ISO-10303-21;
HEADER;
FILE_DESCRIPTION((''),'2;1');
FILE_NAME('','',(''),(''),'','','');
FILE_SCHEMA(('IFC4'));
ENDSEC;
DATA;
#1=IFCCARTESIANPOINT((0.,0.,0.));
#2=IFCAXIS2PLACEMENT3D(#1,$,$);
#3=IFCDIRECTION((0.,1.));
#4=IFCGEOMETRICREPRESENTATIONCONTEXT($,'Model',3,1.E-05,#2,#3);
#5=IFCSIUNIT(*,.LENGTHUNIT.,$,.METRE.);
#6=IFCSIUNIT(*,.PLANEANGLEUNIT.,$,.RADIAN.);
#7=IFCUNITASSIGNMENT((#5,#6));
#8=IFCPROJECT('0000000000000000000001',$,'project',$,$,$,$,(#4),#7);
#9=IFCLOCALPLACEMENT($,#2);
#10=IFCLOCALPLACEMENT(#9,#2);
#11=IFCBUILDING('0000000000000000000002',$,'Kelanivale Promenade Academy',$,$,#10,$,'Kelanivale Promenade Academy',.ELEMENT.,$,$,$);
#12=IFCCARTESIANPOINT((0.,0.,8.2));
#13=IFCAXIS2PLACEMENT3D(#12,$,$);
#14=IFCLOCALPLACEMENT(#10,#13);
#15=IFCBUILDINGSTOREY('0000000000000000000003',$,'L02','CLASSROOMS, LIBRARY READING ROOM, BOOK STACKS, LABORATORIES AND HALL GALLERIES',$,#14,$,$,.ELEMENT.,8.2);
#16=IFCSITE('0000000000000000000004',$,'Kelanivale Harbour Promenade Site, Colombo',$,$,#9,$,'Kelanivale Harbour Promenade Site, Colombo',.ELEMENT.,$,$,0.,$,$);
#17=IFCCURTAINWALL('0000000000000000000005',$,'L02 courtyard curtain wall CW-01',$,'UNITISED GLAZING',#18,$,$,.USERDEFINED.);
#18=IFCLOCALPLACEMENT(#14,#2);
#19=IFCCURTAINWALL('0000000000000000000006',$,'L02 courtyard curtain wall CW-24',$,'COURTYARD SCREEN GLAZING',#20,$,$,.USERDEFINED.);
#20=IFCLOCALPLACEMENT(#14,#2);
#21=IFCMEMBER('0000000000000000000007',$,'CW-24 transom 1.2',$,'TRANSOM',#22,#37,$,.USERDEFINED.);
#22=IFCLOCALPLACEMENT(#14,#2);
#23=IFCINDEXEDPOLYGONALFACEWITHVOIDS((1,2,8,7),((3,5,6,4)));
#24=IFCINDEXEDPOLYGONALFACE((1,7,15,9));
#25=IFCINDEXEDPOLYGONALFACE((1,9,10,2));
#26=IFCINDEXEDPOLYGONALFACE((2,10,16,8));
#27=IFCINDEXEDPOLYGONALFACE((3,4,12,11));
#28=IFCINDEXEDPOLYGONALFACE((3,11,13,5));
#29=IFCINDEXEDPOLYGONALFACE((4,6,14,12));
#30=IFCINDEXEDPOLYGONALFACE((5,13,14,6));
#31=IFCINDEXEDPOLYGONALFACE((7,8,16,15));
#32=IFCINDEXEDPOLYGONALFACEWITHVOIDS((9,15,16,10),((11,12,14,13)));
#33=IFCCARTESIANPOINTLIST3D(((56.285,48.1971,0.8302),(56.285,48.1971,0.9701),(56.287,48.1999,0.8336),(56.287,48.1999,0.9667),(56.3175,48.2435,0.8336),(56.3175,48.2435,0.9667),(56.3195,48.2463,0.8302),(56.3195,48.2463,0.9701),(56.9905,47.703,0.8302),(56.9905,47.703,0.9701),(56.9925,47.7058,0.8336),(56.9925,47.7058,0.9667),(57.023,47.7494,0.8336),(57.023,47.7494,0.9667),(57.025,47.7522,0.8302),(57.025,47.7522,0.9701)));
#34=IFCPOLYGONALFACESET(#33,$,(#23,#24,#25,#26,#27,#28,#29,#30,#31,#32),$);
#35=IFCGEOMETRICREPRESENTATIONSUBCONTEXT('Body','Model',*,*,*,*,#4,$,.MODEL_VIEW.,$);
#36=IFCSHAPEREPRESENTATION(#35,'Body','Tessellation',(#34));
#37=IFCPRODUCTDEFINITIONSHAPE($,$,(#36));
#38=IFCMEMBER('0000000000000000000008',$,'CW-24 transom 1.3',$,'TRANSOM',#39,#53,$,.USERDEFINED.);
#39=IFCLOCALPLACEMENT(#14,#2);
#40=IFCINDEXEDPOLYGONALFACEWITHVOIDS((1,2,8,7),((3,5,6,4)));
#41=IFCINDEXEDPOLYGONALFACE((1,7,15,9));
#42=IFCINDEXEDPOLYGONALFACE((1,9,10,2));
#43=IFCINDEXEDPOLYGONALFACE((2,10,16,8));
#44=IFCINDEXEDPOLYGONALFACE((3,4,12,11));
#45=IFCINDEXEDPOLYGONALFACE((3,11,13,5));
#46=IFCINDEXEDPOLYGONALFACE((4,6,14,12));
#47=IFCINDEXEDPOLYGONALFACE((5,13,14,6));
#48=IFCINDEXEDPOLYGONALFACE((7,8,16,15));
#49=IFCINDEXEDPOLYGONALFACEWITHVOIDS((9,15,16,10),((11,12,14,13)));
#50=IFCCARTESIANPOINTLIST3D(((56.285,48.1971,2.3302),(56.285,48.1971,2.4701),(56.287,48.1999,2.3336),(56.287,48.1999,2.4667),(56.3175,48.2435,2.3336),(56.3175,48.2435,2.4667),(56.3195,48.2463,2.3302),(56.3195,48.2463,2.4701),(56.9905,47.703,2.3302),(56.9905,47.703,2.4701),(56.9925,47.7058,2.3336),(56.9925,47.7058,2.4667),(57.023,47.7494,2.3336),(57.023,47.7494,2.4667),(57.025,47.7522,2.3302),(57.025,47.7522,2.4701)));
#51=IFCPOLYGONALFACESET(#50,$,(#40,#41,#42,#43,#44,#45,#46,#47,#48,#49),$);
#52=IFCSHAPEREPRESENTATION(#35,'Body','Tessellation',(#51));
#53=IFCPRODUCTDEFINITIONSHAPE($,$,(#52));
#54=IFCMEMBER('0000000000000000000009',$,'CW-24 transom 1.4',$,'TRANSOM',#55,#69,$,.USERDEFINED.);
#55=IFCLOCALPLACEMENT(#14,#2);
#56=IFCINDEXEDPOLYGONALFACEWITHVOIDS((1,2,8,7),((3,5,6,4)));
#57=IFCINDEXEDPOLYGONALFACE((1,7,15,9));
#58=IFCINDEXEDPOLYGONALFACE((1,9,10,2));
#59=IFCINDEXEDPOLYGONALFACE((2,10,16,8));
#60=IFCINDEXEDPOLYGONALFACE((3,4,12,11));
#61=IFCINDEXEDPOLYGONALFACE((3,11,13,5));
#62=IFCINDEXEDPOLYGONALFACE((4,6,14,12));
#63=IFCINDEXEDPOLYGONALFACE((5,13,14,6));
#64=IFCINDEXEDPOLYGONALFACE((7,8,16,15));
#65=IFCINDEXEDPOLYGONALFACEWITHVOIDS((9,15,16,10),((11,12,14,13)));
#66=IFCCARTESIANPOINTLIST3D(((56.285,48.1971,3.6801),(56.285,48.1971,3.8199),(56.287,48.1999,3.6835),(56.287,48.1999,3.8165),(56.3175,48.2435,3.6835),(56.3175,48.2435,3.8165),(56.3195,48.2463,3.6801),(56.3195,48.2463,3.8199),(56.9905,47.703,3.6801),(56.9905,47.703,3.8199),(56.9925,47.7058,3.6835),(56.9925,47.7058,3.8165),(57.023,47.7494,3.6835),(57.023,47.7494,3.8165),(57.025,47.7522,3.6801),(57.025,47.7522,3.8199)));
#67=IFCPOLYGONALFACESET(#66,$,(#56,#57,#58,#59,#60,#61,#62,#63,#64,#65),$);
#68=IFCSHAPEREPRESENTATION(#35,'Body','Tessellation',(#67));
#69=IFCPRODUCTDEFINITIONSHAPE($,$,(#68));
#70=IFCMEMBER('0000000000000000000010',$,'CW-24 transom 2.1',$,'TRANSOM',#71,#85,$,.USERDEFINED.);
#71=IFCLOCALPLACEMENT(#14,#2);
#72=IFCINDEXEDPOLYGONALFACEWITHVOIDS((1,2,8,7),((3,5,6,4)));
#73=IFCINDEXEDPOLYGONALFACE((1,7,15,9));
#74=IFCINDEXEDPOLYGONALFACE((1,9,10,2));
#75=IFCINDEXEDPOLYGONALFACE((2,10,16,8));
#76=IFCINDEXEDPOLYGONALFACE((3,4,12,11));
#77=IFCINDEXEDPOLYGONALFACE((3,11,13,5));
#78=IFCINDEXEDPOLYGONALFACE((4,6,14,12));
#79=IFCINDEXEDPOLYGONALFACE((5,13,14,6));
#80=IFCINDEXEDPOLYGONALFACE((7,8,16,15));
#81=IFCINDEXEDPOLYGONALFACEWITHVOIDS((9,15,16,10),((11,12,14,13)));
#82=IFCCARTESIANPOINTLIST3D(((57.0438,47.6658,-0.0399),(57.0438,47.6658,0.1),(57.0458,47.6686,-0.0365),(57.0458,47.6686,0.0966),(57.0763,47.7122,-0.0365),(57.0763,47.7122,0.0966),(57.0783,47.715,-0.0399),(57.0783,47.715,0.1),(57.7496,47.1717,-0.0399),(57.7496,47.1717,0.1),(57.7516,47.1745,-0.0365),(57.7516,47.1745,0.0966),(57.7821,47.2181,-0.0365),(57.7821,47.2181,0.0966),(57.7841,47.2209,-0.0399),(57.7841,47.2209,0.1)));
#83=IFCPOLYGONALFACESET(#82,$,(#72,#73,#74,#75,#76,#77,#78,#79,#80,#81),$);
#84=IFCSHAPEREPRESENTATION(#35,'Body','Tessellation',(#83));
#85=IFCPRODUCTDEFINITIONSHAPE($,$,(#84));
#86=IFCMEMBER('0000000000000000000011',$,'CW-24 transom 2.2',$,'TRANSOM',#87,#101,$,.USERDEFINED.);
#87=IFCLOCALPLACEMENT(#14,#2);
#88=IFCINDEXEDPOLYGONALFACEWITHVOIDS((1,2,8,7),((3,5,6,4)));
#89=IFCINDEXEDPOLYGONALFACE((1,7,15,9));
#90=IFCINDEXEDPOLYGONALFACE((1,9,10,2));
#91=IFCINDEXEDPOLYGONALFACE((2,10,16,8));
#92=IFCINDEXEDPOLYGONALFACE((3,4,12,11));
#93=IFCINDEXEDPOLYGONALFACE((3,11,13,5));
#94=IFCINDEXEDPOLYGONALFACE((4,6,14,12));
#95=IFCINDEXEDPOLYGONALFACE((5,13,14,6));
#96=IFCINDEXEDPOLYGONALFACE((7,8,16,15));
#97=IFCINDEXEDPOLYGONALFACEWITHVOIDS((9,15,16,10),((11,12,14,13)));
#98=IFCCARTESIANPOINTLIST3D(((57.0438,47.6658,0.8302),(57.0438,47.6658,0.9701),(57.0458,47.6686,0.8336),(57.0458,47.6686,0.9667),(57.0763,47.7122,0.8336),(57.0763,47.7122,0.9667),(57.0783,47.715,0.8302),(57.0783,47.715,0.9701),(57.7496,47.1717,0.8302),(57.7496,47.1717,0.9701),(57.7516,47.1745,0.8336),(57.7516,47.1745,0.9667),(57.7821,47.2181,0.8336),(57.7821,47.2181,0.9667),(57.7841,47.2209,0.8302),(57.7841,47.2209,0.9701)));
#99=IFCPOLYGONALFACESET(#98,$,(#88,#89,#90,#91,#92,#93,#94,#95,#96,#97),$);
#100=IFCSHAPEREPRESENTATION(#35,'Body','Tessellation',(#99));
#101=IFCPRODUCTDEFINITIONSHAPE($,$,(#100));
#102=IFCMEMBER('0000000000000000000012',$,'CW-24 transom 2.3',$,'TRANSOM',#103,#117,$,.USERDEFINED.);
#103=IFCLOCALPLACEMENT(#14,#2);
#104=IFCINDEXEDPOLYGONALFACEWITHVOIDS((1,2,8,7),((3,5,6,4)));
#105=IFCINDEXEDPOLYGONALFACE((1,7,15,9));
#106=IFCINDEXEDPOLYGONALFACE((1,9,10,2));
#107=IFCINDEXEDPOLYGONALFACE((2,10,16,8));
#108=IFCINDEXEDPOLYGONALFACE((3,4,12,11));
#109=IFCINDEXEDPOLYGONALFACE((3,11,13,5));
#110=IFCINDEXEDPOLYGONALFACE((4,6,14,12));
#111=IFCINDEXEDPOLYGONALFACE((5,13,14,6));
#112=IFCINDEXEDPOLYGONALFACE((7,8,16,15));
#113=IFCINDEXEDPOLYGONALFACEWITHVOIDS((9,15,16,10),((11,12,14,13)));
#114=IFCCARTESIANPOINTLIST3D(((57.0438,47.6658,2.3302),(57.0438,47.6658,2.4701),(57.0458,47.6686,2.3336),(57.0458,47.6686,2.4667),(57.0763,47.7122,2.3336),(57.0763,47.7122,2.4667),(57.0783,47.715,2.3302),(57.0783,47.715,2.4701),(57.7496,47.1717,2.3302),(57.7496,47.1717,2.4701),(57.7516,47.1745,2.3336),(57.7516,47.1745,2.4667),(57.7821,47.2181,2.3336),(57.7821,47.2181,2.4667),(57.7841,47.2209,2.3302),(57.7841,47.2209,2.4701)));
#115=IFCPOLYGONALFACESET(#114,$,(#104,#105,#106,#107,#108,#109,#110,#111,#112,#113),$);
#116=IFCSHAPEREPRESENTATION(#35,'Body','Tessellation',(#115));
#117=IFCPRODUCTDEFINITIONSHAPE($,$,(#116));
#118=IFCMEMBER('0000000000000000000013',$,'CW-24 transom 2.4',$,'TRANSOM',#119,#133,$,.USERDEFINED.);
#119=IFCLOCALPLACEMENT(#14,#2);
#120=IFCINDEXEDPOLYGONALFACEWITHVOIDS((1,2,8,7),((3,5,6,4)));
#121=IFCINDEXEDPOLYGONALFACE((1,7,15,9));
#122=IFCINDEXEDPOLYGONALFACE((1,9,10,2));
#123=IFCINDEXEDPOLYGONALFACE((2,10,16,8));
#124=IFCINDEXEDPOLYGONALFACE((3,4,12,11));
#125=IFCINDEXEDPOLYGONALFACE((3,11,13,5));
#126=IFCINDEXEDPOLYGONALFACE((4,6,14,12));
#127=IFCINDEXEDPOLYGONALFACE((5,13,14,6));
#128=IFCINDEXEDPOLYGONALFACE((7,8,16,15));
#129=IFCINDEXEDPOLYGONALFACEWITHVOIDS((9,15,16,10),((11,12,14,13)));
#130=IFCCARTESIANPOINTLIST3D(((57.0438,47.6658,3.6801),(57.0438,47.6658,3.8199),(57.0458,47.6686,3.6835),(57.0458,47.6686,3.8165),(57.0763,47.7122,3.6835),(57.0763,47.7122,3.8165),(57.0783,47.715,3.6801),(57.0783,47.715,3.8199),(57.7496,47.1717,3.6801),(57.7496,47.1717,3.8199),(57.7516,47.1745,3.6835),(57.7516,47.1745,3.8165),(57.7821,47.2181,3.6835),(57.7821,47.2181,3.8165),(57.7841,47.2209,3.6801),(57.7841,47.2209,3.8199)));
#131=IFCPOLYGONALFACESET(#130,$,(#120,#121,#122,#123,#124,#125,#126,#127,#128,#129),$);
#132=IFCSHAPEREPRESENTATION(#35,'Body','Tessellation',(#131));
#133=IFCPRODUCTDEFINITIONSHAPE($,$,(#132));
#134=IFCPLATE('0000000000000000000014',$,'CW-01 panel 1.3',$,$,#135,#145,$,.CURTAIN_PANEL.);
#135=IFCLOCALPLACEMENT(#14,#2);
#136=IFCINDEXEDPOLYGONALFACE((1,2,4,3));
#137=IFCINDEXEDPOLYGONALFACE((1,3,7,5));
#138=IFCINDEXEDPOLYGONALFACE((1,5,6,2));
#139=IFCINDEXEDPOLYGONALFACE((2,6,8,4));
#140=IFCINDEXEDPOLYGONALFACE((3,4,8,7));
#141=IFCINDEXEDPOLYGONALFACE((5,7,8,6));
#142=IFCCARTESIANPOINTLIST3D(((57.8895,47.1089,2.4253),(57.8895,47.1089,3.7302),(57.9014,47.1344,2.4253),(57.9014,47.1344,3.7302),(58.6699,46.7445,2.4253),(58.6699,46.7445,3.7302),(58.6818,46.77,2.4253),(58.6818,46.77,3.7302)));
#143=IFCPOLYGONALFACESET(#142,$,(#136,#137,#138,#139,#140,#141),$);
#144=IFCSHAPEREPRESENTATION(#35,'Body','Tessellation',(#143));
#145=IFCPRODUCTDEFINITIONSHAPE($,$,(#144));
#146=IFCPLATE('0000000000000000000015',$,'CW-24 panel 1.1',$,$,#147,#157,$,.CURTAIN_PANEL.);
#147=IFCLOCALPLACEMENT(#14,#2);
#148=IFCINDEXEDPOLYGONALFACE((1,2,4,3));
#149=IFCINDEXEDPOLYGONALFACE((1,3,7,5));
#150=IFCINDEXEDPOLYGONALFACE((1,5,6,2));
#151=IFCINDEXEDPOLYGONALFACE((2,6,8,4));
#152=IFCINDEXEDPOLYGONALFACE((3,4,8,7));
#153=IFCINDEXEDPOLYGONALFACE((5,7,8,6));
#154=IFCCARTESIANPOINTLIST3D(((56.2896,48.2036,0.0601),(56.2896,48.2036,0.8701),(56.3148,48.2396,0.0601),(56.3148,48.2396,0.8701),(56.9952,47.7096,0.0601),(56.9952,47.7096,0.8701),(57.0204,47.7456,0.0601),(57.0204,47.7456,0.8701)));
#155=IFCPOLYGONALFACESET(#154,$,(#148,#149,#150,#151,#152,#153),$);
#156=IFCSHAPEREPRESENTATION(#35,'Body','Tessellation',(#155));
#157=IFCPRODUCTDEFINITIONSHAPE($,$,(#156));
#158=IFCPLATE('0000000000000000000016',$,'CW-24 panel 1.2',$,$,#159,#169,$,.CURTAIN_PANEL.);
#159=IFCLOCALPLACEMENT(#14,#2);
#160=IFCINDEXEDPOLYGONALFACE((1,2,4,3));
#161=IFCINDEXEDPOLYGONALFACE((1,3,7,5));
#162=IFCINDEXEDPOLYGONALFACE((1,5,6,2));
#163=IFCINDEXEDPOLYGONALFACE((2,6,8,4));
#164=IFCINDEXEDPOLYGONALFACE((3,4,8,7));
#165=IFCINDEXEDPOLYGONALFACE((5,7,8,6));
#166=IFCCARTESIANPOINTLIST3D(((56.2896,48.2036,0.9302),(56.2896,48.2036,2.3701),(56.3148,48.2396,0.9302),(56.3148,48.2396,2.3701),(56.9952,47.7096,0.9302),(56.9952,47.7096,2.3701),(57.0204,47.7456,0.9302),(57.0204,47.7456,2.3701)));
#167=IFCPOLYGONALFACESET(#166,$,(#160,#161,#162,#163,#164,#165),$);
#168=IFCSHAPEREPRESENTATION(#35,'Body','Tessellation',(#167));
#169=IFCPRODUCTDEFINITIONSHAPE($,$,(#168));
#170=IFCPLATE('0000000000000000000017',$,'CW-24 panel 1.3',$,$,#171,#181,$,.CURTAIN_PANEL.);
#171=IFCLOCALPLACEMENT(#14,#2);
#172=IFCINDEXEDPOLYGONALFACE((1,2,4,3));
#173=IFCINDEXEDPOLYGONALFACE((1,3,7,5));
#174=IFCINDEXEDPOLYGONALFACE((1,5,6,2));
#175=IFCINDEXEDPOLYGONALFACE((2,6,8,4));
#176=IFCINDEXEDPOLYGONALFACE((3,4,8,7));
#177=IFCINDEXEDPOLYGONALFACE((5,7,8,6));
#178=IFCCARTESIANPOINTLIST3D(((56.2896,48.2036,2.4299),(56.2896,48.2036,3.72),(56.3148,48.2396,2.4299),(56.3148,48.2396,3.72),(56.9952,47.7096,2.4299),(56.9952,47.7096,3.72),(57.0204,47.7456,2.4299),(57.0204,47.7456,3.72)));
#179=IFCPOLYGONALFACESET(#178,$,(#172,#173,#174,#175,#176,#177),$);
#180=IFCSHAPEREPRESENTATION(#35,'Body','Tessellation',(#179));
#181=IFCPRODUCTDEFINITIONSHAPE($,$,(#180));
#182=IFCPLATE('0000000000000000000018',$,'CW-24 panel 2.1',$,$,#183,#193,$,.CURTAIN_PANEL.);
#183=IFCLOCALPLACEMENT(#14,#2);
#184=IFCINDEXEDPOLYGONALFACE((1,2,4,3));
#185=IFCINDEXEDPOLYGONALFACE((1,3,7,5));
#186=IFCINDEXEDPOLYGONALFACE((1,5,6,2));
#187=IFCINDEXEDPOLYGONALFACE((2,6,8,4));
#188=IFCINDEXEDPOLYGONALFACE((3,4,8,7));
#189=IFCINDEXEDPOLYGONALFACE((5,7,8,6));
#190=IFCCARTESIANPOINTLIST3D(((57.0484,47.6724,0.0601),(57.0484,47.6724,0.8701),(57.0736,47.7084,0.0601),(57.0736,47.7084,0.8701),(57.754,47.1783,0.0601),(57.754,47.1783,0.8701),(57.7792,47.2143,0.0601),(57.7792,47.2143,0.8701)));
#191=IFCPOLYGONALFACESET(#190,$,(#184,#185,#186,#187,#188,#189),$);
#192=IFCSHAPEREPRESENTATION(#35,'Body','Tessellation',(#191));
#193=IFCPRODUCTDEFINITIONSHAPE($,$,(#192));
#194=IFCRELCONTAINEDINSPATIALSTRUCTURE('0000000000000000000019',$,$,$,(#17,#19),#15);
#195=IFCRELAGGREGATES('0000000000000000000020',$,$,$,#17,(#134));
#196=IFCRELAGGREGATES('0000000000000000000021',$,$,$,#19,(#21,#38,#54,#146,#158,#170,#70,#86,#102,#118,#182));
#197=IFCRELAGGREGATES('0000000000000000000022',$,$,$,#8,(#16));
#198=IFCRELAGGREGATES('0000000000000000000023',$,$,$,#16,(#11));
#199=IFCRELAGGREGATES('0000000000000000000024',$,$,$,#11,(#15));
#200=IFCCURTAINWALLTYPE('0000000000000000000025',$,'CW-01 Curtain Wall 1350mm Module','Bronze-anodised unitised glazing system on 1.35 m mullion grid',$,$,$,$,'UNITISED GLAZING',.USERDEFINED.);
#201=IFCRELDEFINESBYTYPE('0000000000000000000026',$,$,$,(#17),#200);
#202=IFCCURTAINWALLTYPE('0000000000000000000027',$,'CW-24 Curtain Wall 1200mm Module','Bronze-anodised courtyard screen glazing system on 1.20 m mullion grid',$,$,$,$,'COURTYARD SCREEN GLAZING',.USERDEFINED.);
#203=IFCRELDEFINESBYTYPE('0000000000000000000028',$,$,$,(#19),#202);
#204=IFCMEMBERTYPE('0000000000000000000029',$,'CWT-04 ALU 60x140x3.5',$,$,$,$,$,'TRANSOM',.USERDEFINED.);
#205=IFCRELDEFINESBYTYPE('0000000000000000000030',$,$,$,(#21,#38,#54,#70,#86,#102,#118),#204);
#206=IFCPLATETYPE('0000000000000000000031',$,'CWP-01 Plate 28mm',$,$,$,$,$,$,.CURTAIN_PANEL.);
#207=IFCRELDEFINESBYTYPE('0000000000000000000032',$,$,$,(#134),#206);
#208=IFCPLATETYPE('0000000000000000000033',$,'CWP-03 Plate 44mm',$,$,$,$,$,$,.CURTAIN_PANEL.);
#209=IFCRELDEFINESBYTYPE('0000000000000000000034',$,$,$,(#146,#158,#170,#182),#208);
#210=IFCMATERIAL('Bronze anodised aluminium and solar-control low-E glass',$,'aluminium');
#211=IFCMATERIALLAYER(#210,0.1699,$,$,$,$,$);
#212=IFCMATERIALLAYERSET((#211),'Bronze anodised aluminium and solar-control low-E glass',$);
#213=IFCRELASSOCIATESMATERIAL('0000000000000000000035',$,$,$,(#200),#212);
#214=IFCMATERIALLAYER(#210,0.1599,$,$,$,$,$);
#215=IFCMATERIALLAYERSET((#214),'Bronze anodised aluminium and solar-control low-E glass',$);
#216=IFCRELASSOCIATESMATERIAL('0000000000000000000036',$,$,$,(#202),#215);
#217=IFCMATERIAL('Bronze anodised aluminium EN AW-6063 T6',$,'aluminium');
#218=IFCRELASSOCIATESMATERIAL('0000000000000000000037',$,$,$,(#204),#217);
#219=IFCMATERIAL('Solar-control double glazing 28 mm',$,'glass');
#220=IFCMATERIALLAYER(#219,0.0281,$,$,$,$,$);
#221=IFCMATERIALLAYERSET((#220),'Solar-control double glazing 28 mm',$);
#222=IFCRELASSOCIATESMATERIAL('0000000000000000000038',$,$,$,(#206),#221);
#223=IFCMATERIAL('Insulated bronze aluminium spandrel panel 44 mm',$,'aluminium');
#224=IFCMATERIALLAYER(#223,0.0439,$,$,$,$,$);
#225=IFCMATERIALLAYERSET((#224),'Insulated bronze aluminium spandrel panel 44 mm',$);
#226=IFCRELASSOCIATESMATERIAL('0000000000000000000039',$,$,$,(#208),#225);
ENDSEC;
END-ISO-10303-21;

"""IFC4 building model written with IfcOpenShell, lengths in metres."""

from ifc_helpers import new_model, si_unit, direction, frame, origin, origin_2d, place, context, subcontext, project, spatial, rectangle, hollow_rectangle, extrude, material, layer, layer_set, material_profile, profile_set, type_object, element, aggregate, save


model = new_model("IFC4")

# Units and contexts
model_context = context("Model", 3, precision=1e-05, world=origin(), true_north=direction((0.0, 1.0)))
body_context = subcontext(model_context, "Body", "Model", "MODEL_VIEW")
ifc_project = project(units=[si_unit("LENGTHUNIT", "METRE"), si_unit("PLANEANGLEUNIT", "RADIAN")], contexts=[model_context])

# Site, building, storey
site_placement = place(None, origin())
site = spatial("IfcSite", under=ifc_project, at=site_placement, Name="Kelanivale Harbour Promenade Site, Colombo", LongName="Kelanivale Harbour Promenade Site, Colombo", CompositionType="ELEMENT", RefElevation=0.0)
building_placement = place(site_placement, origin())
building = spatial("IfcBuilding", under=site, at=building_placement, Name="Kelanivale Promenade Academy", LongName="Kelanivale Promenade Academy", CompositionType="ELEMENT")
storey_placement = place(building_placement, frame((0.0, 0.0, 8.2)))
storey = spatial("IfcBuildingStorey", under=building, at=storey_placement, Name="L02", Description="CLASSROOMS, LIBRARY READING ROOM, BOOK STACKS, LABORATORIES AND HALL GALLERIES", CompositionType="ELEMENT", Elevation=8.2)

# Curtain wall
ifc_material_1 = material(Name="Bronze anodised aluminium and solar-control low-E glass", Category="aluminium")
ifc_layer_1 = layer(ifc_material_1, 0.1699)
ifc_layer_set_1 = layer_set([ifc_layer_1], Name="Bronze anodised aluminium and solar-control low-E glass")
curtain_wall_type_1 = type_object("IfcCurtainWallType", Name="CW-01 Curtain Wall 1350mm Module", Description="Bronze-anodised unitised glazing system on 1.35 m mullion grid", ElementType="UNITISED GLAZING", PredefinedType="USERDEFINED", material=ifc_layer_set_1)
curtain_wall_1_placement = place(storey_placement, origin())
curtain_wall_1 = element("IfcCurtainWall", 1, at=curtain_wall_1_placement, inside=storey, type_object=curtain_wall_type_1, Name="L02 courtyard curtain wall CW-01", ObjectType="UNITISED GLAZING", PredefinedType="USERDEFINED")
ifc_material_2 = material(Name="Bronze anodised aluminium EN AW-6063 T6", Category="aluminium")

# Curtain wall
ifc_layer_2 = layer(ifc_material_1, 0.1599)
ifc_layer_set_2 = layer_set([ifc_layer_2], Name="Bronze anodised aluminium and solar-control low-E glass")
curtain_wall_type_2 = type_object("IfcCurtainWallType", Name="CW-24 Curtain Wall 1200mm Module", Description="Bronze-anodised courtyard screen glazing system on 1.20 m mullion grid", ElementType="COURTYARD SCREEN GLAZING", PredefinedType="USERDEFINED", material=ifc_layer_set_2)
curtain_wall_2_placement = place(storey_placement, origin())
curtain_wall_2 = element("IfcCurtainWall", 2, at=curtain_wall_2_placement, inside=storey, type_object=curtain_wall_type_2, Name="L02 courtyard curtain wall CW-24", ObjectType="COURTYARD SCREEN GLAZING", PredefinedType="USERDEFINED")

# Members
ifc_material_profile_1 = material_profile(ifc_material_2, hollow_rectangle(XDim=0.0601, YDim=0.1399, WallThickness=0.0034, at=origin_2d()), Name="ALU 60x140x3.5")
ifc_profile_set_1 = profile_set([ifc_material_profile_1], Name="Bronze anodised aluminium EN AW-6063 T6")
member_type_1 = type_object("IfcMemberType", Name="CWT-04 ALU 60x140x3.5", ElementType="TRANSOM", PredefinedType="USERDEFINED", material=ifc_profile_set_1)
member_1_placement = place(storey_placement, frame((56.3022, 48.2217, 0.9001), z_axis=(0.819099, -0.573653, 0.0), x_axis=(0.573653, 0.819099, 0.0)))
member_1 = element("IfcMember", 3, at=member_1_placement, type_object=member_type_1, Name="CW-24 transom 1.2", ObjectType="TRANSOM", PredefinedType="USERDEFINED", context=body_context, shape_type="SweptSolid", body=[
    extrude(hollow_rectangle(XDim=0.0601, YDim=0.1399, WallThickness=0.0034, at=origin_2d()), origin(), (0.0, 0.0, 1.0), 0.8613),
])
member_2_placement = place(storey_placement, frame((56.3022, 48.2217, 2.4001), z_axis=(0.819099, -0.573653, 0.0), x_axis=(0.573653, 0.819099, 0.0)))
member_2 = element("IfcMember", 4, at=member_2_placement, type_object=member_type_1, Name="CW-24 transom 1.3", ObjectType="TRANSOM", PredefinedType="USERDEFINED", context=body_context, shape_type="SweptSolid", body=[
    extrude(hollow_rectangle(XDim=0.0601, YDim=0.1399, WallThickness=0.0034, at=origin_2d()), origin(), (0.0, 0.0, 1.0), 0.8613),
])
member_3_placement = place(storey_placement, frame((56.3022, 48.2217, 3.75), z_axis=(0.819099, -0.573653, 0.0), x_axis=(0.573653, 0.819099, 0.0)))
member_3 = element("IfcMember", 5, at=member_3_placement, type_object=member_type_1, Name="CW-24 transom 1.4", ObjectType="TRANSOM", PredefinedType="USERDEFINED", context=body_context, shape_type="SweptSolid", body=[
    extrude(hollow_rectangle(XDim=0.0601, YDim=0.1399, WallThickness=0.0034, at=origin_2d()), origin(), (0.0, 0.0, 1.0), 0.8613),
])
member_4_placement = place(storey_placement, frame((57.061, 47.6904, 0.03), z_axis=(0.819192, -0.573519, 0.0), x_axis=(0.573519, 0.819192, 0.0)))
member_4 = element("IfcMember", 6, at=member_4_placement, type_object=member_type_1, Name="CW-24 transom 2.1", ObjectType="TRANSOM", PredefinedType="USERDEFINED", context=body_context, shape_type="SweptSolid", body=[
    extrude(hollow_rectangle(XDim=0.0601, YDim=0.1399, WallThickness=0.0034, at=origin_2d()), origin(), (0.0, 0.0, 1.0), 0.8616),
])
member_5_placement = place(storey_placement, frame((57.061, 47.6904, 0.9001), z_axis=(0.819192, -0.573519, 0.0), x_axis=(0.573519, 0.819192, 0.0)))
member_5 = element("IfcMember", 7, at=member_5_placement, type_object=member_type_1, Name="CW-24 transom 2.2", ObjectType="TRANSOM", PredefinedType="USERDEFINED", context=body_context, shape_type="SweptSolid", body=[
    extrude(hollow_rectangle(XDim=0.0601, YDim=0.1399, WallThickness=0.0034, at=origin_2d()), origin(), (0.0, 0.0, 1.0), 0.8616),
])
member_6_placement = place(storey_placement, frame((57.061, 47.6904, 2.4001), z_axis=(0.819192, -0.573519, 0.0), x_axis=(0.573519, 0.819192, 0.0)))
member_6 = element("IfcMember", 8, at=member_6_placement, type_object=member_type_1, Name="CW-24 transom 2.3", ObjectType="TRANSOM", PredefinedType="USERDEFINED", context=body_context, shape_type="SweptSolid", body=[
    extrude(hollow_rectangle(XDim=0.0601, YDim=0.1399, WallThickness=0.0034, at=origin_2d()), origin(), (0.0, 0.0, 1.0), 0.8616),
])
member_7_placement = place(storey_placement, frame((57.061, 47.6904, 3.75), z_axis=(0.819192, -0.573519, 0.0), x_axis=(0.573519, 0.819192, 0.0)))
member_7 = element("IfcMember", 9, at=member_7_placement, type_object=member_type_1, Name="CW-24 transom 2.4", ObjectType="TRANSOM", PredefinedType="USERDEFINED", context=body_context, shape_type="SweptSolid", body=[
    extrude(hollow_rectangle(XDim=0.0601, YDim=0.1399, WallThickness=0.0034, at=origin_2d()), origin(), (0.0, 0.0, 1.0), 0.8616),
])

# Plates
ifc_material_3 = material(Name="Solar-control double glazing 28 mm", Category="glass")
ifc_layer_3 = layer(ifc_material_3, 0.0281)
ifc_layer_set_3 = layer_set([ifc_layer_3], Name="Solar-control double glazing 28 mm")
plate_type_1 = type_object("IfcPlateType", Name="CWP-01 Plate 28mm", PredefinedType="CURTAIN_PANEL", material=ifc_layer_set_3)
plate_1_placement = place(storey_placement, frame((58.2856, 46.9395, 2.4253), z_axis=(0.0, 0.0, 1.0), x_axis=(0.906089, -0.423087, 0.0)))
plate_1 = element("IfcPlate", 10, at=plate_1_placement, type_object=plate_type_1, Name="CW-01 panel 1.3", PredefinedType="CURTAIN_PANEL", context=body_context, shape_type="SweptSolid", body=[
    extrude(rectangle(XDim=0.8613, YDim=0.0281, at=origin_2d()), origin(), (0.0, 0.0, 1.0), 1.3049),
])
aggregate(curtain_wall_1, [plate_1])
ifc_material_4 = material(Name="Insulated bronze aluminium spandrel panel 44 mm", Category="aluminium")
ifc_layer_4 = layer(ifc_material_4, 0.0439)
ifc_layer_set_4 = layer_set([ifc_layer_4], Name="Insulated bronze aluminium spandrel panel 44 mm")
plate_type_2 = type_object("IfcPlateType", Name="CWP-03 Plate 44mm", PredefinedType="CURTAIN_PANEL", material=ifc_layer_set_4)
plate_2_placement = place(storey_placement, frame((56.655, 47.9746, 0.0601), z_axis=(0.0, 0.0, 1.0), x_axis=(0.819158, -0.573567, 0.0)))
plate_2 = element("IfcPlate", 11, at=plate_2_placement, type_object=plate_type_2, Name="CW-24 panel 1.1", PredefinedType="CURTAIN_PANEL", context=body_context, shape_type="SweptSolid", body=[
    extrude(rectangle(XDim=0.8613, YDim=0.0439, at=origin_2d()), origin(), (0.0, 0.0, 1.0), 0.8101),
])
plate_3_placement = place(storey_placement, frame((56.655, 47.9746, 0.9302), z_axis=(0.0, 0.0, 1.0), x_axis=(0.819158, -0.573567, 0.0)))
plate_3 = element("IfcPlate", 12, at=plate_3_placement, type_object=plate_type_2, Name="CW-24 panel 1.2", PredefinedType="CURTAIN_PANEL", context=body_context, shape_type="SweptSolid", body=[
    extrude(rectangle(XDim=0.8613, YDim=0.0439, at=origin_2d()), origin(), (0.0, 0.0, 1.0), 1.4399),
])
plate_4_placement = place(storey_placement, frame((56.655, 47.9746, 2.4299), z_axis=(0.0, 0.0, 1.0), x_axis=(0.819158, -0.573567, 0.0)))
plate_4 = element("IfcPlate", 13, at=plate_4_placement, type_object=plate_type_2, Name="CW-24 panel 1.3", PredefinedType="CURTAIN_PANEL", context=body_context, shape_type="SweptSolid", body=[
    extrude(rectangle(XDim=0.8613, YDim=0.0439, at=origin_2d()), origin(), (0.0, 0.0, 1.0), 1.29),
])
plate_5_placement = place(storey_placement, frame((57.4138, 47.4434, 0.0601), z_axis=(0.0, 0.0, 1.0), x_axis=(0.819158, -0.573567, 0.0)))
plate_5 = element("IfcPlate", 14, at=plate_5_placement, type_object=plate_type_2, Name="CW-24 panel 2.1", PredefinedType="CURTAIN_PANEL", context=body_context, shape_type="SweptSolid", body=[
    extrude(rectangle(XDim=0.8613, YDim=0.0439, at=origin_2d()), origin(), (0.0, 0.0, 1.0), 0.8101),
])
aggregate(curtain_wall_2, [member_1, member_2, member_3, plate_2, plate_3, plate_4, member_4, member_5, member_6, member_7, plate_5])

save(model, "model.ifc")
